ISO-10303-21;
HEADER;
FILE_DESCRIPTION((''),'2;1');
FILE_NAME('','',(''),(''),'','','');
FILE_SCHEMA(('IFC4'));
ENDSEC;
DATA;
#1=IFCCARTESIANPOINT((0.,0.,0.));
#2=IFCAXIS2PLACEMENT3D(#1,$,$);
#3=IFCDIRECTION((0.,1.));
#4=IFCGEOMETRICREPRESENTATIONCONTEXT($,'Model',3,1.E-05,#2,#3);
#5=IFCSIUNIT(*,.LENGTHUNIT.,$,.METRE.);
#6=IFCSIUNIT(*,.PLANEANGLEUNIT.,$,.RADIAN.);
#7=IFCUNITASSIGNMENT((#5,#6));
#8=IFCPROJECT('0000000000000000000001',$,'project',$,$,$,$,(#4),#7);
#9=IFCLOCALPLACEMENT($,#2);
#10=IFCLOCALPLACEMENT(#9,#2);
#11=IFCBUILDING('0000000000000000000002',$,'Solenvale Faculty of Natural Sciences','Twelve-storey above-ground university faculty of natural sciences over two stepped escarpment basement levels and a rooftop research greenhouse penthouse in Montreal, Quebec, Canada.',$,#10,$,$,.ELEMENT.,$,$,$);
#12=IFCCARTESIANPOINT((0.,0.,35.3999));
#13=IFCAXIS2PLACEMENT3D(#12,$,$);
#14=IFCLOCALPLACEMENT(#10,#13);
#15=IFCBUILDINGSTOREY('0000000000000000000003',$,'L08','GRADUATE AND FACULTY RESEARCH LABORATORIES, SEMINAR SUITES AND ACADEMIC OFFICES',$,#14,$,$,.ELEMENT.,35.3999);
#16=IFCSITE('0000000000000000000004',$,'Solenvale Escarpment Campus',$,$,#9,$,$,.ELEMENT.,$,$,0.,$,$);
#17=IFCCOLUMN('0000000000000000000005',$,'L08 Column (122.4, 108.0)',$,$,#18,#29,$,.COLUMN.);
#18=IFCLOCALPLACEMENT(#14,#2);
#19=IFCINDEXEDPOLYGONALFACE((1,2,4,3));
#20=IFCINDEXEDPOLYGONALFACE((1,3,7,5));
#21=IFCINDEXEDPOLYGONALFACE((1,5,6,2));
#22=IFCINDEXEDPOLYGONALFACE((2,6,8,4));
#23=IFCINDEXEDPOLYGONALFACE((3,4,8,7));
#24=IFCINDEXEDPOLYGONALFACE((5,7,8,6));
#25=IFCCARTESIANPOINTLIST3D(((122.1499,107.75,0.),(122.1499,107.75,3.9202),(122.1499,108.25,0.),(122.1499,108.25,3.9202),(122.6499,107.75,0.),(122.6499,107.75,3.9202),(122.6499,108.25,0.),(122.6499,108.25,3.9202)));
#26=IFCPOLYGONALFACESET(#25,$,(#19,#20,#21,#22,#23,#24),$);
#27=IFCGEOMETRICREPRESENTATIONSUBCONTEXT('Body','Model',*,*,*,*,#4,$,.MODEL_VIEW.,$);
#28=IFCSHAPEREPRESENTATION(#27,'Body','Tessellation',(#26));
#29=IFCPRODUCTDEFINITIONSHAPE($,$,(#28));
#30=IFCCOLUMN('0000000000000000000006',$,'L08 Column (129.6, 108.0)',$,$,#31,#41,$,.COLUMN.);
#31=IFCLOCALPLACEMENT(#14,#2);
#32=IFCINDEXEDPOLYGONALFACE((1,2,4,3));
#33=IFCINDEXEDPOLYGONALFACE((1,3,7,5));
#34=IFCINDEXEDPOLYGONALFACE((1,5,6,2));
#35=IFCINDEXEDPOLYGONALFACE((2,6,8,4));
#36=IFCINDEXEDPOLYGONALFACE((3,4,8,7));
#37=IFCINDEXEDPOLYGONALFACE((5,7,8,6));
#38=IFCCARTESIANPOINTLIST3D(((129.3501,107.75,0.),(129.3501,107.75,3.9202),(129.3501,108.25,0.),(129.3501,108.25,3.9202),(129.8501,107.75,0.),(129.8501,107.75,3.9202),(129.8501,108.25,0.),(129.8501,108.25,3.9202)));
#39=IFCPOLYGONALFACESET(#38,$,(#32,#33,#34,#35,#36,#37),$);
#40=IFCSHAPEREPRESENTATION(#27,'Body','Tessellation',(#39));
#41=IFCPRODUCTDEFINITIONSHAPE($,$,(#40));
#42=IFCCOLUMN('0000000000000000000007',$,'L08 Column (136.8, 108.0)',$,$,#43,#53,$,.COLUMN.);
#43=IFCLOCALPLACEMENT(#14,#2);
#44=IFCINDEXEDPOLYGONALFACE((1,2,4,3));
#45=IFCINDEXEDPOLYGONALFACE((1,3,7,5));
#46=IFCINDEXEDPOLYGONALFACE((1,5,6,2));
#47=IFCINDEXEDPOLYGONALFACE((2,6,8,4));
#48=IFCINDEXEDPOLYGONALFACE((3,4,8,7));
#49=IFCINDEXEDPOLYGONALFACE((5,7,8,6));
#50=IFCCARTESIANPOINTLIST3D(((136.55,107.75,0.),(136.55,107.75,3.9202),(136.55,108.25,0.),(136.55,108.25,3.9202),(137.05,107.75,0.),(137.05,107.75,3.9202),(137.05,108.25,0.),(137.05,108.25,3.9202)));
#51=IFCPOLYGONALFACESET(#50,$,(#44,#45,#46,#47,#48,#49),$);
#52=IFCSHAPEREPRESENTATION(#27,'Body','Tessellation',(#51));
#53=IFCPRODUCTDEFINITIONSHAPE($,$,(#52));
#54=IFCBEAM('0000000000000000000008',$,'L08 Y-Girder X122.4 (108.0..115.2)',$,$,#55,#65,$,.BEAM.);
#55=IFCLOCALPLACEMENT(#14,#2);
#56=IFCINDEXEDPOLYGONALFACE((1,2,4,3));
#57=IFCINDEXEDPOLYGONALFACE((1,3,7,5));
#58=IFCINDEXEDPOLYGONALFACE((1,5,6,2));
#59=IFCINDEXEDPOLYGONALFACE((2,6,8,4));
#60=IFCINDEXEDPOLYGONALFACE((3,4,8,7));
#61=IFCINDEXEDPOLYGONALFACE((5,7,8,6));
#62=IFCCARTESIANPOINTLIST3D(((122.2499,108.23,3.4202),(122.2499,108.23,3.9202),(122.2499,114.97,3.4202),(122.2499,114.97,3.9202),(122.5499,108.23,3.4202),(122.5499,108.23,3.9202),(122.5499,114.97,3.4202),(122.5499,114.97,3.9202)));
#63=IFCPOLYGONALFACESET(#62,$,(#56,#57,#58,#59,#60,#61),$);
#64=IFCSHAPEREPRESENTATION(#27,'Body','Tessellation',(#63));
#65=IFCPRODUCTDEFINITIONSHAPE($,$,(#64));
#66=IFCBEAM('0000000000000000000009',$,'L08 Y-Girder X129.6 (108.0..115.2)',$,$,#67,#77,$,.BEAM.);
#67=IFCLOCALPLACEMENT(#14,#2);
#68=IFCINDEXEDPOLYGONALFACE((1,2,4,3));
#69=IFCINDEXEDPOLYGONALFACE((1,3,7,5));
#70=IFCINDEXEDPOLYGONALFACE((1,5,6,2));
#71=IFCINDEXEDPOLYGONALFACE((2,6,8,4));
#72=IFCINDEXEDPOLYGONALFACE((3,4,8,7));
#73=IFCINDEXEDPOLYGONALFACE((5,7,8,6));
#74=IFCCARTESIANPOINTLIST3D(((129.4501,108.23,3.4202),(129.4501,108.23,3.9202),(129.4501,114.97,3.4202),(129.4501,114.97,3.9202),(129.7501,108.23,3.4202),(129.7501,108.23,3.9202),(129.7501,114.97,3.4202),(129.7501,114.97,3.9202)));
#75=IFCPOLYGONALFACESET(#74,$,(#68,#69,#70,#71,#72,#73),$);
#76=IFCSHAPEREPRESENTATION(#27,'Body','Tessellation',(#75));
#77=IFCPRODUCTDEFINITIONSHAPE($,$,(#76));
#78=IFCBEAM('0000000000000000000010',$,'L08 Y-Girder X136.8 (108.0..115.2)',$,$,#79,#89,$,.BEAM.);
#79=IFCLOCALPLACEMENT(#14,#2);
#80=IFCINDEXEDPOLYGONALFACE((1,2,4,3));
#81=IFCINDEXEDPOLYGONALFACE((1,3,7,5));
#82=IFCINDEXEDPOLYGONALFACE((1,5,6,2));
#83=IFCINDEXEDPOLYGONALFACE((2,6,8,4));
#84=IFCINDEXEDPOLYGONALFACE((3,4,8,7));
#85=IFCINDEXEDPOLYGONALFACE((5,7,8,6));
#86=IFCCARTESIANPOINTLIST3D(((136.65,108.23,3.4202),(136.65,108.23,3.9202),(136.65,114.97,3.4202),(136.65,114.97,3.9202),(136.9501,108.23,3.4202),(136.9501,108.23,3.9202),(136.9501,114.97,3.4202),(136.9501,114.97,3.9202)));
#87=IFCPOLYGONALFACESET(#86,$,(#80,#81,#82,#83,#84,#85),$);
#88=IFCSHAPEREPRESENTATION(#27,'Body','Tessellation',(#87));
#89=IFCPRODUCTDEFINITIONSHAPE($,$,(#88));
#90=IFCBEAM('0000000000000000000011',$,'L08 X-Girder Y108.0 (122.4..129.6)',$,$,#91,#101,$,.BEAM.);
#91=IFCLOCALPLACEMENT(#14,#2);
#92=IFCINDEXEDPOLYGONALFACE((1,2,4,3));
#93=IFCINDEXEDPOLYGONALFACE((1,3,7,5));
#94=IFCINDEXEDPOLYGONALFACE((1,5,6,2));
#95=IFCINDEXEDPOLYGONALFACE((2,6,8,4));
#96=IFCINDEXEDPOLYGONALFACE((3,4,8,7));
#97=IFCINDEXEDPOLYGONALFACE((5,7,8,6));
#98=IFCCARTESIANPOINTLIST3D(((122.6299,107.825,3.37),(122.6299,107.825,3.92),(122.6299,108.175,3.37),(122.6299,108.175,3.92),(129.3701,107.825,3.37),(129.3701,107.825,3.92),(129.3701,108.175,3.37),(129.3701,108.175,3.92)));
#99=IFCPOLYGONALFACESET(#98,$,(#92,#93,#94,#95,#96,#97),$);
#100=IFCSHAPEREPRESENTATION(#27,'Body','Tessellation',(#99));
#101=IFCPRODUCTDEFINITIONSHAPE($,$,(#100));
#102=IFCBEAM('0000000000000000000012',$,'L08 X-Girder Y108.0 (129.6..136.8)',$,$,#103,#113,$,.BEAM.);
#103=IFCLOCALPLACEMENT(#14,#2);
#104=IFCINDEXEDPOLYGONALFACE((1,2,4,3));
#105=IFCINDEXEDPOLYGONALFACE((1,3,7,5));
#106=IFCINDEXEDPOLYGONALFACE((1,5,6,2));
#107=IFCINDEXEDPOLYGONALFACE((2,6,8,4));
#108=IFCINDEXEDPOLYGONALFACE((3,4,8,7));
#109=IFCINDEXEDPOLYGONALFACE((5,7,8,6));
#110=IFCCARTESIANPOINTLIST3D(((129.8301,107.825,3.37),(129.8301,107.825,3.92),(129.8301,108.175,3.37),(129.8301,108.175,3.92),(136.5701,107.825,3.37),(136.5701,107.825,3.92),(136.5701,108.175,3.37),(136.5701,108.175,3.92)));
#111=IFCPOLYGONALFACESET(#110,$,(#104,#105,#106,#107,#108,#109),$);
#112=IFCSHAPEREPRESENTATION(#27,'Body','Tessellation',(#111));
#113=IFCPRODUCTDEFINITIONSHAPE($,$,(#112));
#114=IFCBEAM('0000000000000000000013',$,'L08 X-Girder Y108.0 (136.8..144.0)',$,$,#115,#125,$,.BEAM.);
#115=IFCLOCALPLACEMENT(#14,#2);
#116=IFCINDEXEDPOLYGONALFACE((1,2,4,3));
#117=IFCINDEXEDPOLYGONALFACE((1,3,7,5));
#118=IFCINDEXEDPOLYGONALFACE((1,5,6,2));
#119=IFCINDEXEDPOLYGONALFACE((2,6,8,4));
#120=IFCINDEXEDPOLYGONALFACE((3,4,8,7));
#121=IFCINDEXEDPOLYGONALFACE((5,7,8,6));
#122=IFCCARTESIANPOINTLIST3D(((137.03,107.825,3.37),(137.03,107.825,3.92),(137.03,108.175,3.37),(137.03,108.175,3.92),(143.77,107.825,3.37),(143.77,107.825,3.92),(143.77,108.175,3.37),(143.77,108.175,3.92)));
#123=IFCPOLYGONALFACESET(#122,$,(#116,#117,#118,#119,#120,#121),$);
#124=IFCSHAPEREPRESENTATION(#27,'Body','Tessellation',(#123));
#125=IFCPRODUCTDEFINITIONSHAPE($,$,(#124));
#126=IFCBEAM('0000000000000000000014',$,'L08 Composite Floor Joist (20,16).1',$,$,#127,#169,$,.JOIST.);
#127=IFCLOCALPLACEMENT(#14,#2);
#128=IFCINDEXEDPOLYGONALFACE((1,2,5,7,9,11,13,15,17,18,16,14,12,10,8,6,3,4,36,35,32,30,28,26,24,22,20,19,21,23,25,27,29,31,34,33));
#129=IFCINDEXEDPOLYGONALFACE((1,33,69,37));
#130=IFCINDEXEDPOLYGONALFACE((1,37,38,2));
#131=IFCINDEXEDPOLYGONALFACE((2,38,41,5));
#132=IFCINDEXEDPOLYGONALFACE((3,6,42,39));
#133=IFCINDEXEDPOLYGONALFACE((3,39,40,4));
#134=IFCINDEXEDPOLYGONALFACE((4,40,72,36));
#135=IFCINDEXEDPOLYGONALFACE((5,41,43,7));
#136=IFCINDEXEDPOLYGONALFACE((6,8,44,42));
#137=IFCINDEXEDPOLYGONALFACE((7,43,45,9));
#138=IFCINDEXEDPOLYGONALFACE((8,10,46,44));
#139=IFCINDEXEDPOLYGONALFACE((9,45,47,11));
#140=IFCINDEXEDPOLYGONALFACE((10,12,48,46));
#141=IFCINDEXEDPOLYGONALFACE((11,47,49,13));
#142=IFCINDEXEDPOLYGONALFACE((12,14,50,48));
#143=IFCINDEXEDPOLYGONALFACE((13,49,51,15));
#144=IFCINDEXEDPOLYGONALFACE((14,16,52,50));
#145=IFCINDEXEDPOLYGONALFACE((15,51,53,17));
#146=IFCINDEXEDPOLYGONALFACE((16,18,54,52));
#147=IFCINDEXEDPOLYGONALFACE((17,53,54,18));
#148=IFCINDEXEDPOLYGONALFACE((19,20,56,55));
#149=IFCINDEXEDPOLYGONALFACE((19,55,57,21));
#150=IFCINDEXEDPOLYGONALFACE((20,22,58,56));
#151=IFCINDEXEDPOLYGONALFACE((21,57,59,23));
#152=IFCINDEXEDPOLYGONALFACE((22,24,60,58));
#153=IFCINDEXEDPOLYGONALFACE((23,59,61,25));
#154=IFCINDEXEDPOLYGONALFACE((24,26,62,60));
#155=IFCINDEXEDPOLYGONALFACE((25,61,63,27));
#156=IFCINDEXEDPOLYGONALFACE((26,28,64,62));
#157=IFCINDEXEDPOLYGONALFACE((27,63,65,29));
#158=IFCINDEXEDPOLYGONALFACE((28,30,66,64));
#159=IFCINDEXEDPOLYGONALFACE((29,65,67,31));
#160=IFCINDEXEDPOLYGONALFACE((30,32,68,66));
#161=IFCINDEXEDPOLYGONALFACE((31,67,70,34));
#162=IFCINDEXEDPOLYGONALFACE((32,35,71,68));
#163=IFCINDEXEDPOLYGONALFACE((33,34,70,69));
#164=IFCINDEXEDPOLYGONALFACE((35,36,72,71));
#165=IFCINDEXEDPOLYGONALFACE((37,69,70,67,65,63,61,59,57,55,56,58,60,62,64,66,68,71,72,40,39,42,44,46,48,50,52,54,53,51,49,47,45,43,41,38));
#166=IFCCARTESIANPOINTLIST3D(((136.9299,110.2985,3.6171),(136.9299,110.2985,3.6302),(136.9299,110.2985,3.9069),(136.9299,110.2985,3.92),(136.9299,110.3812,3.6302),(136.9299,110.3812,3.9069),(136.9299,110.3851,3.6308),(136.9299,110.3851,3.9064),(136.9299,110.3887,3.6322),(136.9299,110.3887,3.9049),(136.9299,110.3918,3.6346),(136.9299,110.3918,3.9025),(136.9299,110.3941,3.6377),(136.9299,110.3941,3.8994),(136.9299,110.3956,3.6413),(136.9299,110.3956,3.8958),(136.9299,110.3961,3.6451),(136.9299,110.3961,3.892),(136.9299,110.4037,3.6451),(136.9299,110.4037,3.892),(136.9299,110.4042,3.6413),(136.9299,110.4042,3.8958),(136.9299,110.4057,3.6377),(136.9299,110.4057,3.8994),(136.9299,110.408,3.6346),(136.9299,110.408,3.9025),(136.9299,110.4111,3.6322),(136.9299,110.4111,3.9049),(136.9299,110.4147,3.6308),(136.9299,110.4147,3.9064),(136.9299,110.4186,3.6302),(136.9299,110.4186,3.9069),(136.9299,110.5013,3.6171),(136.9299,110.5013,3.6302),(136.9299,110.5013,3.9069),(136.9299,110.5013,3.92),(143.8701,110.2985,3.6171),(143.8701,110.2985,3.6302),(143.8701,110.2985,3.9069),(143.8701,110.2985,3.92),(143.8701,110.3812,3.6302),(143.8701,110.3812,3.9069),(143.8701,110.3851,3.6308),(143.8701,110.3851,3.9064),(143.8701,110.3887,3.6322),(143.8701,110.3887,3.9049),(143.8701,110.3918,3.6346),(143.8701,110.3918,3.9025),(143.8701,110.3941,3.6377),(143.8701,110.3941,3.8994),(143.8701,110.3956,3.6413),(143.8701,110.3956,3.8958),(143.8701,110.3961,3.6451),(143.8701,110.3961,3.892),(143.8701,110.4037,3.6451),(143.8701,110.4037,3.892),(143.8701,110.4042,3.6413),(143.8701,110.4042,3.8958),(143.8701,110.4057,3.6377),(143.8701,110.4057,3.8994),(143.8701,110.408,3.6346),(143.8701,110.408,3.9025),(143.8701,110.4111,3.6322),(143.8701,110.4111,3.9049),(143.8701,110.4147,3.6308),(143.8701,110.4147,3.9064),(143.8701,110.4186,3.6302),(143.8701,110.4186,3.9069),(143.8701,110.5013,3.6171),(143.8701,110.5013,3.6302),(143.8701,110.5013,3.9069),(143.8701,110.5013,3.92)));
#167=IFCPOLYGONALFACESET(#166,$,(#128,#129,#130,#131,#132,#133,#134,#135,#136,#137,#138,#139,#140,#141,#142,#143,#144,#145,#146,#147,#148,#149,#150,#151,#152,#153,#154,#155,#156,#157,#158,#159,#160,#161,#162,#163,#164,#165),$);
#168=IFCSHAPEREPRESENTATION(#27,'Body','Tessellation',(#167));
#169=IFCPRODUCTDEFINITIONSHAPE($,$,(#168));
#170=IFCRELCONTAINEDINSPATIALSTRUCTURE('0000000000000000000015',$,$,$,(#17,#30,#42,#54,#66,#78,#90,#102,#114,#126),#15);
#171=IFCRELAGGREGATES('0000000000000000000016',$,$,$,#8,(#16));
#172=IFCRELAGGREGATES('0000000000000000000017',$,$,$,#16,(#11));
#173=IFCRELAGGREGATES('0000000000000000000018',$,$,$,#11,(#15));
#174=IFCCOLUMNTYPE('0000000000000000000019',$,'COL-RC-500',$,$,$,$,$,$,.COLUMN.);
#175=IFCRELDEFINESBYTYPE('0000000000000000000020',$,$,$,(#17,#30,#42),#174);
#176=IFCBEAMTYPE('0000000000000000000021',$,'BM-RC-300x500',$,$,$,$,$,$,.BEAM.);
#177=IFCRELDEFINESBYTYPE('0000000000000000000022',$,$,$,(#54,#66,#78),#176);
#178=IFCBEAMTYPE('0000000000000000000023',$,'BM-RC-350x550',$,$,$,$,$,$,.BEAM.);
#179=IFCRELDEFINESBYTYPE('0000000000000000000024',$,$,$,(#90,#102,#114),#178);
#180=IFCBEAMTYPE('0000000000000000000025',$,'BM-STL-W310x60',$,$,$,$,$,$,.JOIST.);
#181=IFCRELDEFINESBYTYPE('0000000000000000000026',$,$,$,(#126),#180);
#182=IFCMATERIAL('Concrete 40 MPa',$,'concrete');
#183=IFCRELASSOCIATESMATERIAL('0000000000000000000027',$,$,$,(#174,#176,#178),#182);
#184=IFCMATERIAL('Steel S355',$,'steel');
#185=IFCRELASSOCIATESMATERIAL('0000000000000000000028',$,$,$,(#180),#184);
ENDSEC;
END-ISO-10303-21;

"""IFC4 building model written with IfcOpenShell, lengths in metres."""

from ifc_helpers import new_model, si_unit, direction, frame, origin, origin_2d, place, context, subcontext, project, spatial, rectangle, i_section, extrude, material, material_profile, profile_set, type_object, element, save


model = new_model("IFC4")

# Units and contexts
model_context = context("Model", 3, precision=1e-05, world=origin(), true_north=direction((0.0, 1.0)))
body_context = subcontext(model_context, "Body", "Model", "MODEL_VIEW")
ifc_project = project(units=[si_unit("LENGTHUNIT", "METRE"), si_unit("PLANEANGLEUNIT", "RADIAN")], contexts=[model_context])

# Site, building, storey
site_placement = place(None, origin())
site = spatial("IfcSite", under=ifc_project, at=site_placement, Name="Solenvale Escarpment Campus", CompositionType="ELEMENT", RefElevation=0.0)
building_placement = place(site_placement, origin())
building = spatial("IfcBuilding", under=site, at=building_placement, Name="Solenvale Faculty of Natural Sciences", Description="Twelve-storey above-ground university faculty of natural sciences over two stepped escarpment basement levels and a rooftop research greenhouse penthouse in Montreal, Quebec, Canada.", CompositionType="ELEMENT")
storey_placement = place(building_placement, frame((0.0, 0.0, 35.3999)))
storey = spatial("IfcBuildingStorey", under=building, at=storey_placement, Name="L08", Description="GRADUATE AND FACULTY RESEARCH LABORATORIES, SEMINAR SUITES AND ACADEMIC OFFICES", CompositionType="ELEMENT", Elevation=35.3999)

# Columns
ifc_material_1 = material(Name="Concrete 40 MPa", Category="concrete")
ifc_material_profile_1 = material_profile(ifc_material_1, rectangle(XDim=0.5, YDim=0.5, at=origin_2d()), Name="RC-COL-500x500")
ifc_profile_set_1 = profile_set([ifc_material_profile_1], Name="Concrete 40 MPa")
column_type = type_object("IfcColumnType", Name="COL-RC-500", PredefinedType="COLUMN", material=ifc_profile_set_1)
for number, where, z_axis, x_axis, name in (
    (1, (122.3999, 108.0, 0.0), (0.0, 0.0, 1.0), (1.0, 0.0, 0.0), "L08 Column (122.4, 108.0)"),
    (2, (129.6001, 108.0, 0.0), (0.0, 0.0, 1.0), (1.0, 0.0, 0.0), "L08 Column (129.6, 108.0)"),
    (3, (136.8, 108.0, 0.0), (0.0, 0.0, 1.0), (1.0, 0.0, 0.0), "L08 Column (136.8, 108.0)"),
):
    element("IfcColumn", number, at=place(storey_placement, frame(where, z_axis=z_axis, x_axis=x_axis)), inside=storey, type_object=column_type, Name=name, PredefinedType="COLUMN", context=body_context, shape_type="SweptSolid", body=[
        extrude(rectangle(XDim=0.5, YDim=0.5, at=origin_2d()), origin(), (0.0, 0.0, 1.0), 3.9202),
    ])

# Beams
ifc_material_profile_2 = material_profile(ifc_material_1, rectangle(XDim=0.3, YDim=0.5, at=origin_2d()), Name="RC-BM-300x500")
ifc_profile_set_2 = profile_set([ifc_material_profile_2], Name="Concrete 40 MPa")
beam_type_1 = type_object("IfcBeamType", Name="BM-RC-300x500", PredefinedType="BEAM", material=ifc_profile_set_2)
for number, where, z_axis, x_axis, name in (
    (4, (122.3999, 108.23, 3.6702), (0.0, 1.0, 0.0), (-1.0, 0.0, 0.0), "L08 Y-Girder X122.4 (108.0..115.2)"),
    (5, (129.6001, 108.23, 3.6702), (0.0, 1.0, 0.0), (-1.0, 0.0, 0.0), "L08 Y-Girder X129.6 (108.0..115.2)"),
    (6, (136.8, 108.23, 3.6702), (0.0, 1.0, 0.0), (-1.0, 0.0, 0.0), "L08 Y-Girder X136.8 (108.0..115.2)"),
):
    element("IfcBeam", number, at=place(storey_placement, frame(where, z_axis=z_axis, x_axis=x_axis)), inside=storey, type_object=beam_type_1, Name=name, PredefinedType="BEAM", context=body_context, shape_type="SweptSolid", body=[
        extrude(rectangle(XDim=0.3, YDim=0.5, at=origin_2d()), origin(), (0.0, 0.0, 1.0), 6.74),
    ])
ifc_material_profile_3 = material_profile(ifc_material_1, rectangle(XDim=0.3501, YDim=0.55, at=origin_2d()), Name="RC-BM-350x550")
ifc_profile_set_3 = profile_set([ifc_material_profile_3], Name="Concrete 40 MPa")
beam_type_2 = type_object("IfcBeamType", Name="BM-RC-350x550", PredefinedType="BEAM", material=ifc_profile_set_3)
beam_placement = place(storey_placement, frame((122.6299, 108.0, 3.645), z_axis=(1.0, 0.0, 0.0), x_axis=(0.0, 1.0, 0.0)))
element("IfcBeam", 7, at=beam_placement, inside=storey, type_object=beam_type_2, Name="L08 X-Girder Y108.0 (122.4..129.6)", PredefinedType="BEAM", context=body_context, shape_type="SweptSolid", body=[
    extrude(rectangle(XDim=0.3501, YDim=0.55, at=origin_2d()), origin(), (0.0, 0.0, 1.0), 6.7402),
])
for number, where, z_axis, x_axis, name in (
    (8, (129.8301, 108.0, 3.645), (1.0, 0.0, 0.0), (0.0, 1.0, 0.0), "L08 X-Girder Y108.0 (129.6..136.8)"),
    (9, (137.03, 108.0, 3.645), (1.0, 0.0, 0.0), (0.0, 1.0, 0.0), "L08 X-Girder Y108.0 (136.8..144.0)"),
):
    element("IfcBeam", number, at=place(storey_placement, frame(where, z_axis=z_axis, x_axis=x_axis)), inside=storey, type_object=beam_type_2, Name=name, PredefinedType="BEAM", context=body_context, shape_type="SweptSolid", body=[
        extrude(rectangle(XDim=0.3501, YDim=0.55, at=origin_2d()), origin(), (0.0, 0.0, 1.0), 6.74),
    ])
ifc_material_2 = material(Name="Steel S355", Category="steel")
ifc_material_profile_4 = material_profile(ifc_material_2, i_section(OverallWidth=0.2029, OverallDepth=0.303, WebThickness=0.0076, FlangeThickness=0.0132, FilletRadius=0.0149, at=origin_2d()), Name="W310x60")
ifc_profile_set_4 = profile_set([ifc_material_profile_4], Name="Steel S355")
beam_type_3 = type_object("IfcBeamType", Name="BM-STL-W310x60", PredefinedType="JOIST", material=ifc_profile_set_4)
for number, where, z_axis, x_axis, name in (
    (10, (136.9299, 110.3999, 3.7686), (1.0, 0.0, 0.0), (0.0, 1.0, 0.0), "L08 Composite Floor Joist (20,16).1"),
):
    element("IfcBeam", number, at=place(storey_placement, frame(where, z_axis=z_axis, x_axis=x_axis)), inside=storey, type_object=beam_type_3, Name=name, PredefinedType="JOIST", context=body_context, shape_type="SweptSolid", body=[
        extrude(i_section(OverallWidth=0.2029, OverallDepth=0.303, WebThickness=0.0076, FlangeThickness=0.0132, FilletRadius=0.0149, at=origin_2d()), origin(), (0.0, 0.0, 1.0), 6.9402),
    ])

save(model, "model.ifc")
